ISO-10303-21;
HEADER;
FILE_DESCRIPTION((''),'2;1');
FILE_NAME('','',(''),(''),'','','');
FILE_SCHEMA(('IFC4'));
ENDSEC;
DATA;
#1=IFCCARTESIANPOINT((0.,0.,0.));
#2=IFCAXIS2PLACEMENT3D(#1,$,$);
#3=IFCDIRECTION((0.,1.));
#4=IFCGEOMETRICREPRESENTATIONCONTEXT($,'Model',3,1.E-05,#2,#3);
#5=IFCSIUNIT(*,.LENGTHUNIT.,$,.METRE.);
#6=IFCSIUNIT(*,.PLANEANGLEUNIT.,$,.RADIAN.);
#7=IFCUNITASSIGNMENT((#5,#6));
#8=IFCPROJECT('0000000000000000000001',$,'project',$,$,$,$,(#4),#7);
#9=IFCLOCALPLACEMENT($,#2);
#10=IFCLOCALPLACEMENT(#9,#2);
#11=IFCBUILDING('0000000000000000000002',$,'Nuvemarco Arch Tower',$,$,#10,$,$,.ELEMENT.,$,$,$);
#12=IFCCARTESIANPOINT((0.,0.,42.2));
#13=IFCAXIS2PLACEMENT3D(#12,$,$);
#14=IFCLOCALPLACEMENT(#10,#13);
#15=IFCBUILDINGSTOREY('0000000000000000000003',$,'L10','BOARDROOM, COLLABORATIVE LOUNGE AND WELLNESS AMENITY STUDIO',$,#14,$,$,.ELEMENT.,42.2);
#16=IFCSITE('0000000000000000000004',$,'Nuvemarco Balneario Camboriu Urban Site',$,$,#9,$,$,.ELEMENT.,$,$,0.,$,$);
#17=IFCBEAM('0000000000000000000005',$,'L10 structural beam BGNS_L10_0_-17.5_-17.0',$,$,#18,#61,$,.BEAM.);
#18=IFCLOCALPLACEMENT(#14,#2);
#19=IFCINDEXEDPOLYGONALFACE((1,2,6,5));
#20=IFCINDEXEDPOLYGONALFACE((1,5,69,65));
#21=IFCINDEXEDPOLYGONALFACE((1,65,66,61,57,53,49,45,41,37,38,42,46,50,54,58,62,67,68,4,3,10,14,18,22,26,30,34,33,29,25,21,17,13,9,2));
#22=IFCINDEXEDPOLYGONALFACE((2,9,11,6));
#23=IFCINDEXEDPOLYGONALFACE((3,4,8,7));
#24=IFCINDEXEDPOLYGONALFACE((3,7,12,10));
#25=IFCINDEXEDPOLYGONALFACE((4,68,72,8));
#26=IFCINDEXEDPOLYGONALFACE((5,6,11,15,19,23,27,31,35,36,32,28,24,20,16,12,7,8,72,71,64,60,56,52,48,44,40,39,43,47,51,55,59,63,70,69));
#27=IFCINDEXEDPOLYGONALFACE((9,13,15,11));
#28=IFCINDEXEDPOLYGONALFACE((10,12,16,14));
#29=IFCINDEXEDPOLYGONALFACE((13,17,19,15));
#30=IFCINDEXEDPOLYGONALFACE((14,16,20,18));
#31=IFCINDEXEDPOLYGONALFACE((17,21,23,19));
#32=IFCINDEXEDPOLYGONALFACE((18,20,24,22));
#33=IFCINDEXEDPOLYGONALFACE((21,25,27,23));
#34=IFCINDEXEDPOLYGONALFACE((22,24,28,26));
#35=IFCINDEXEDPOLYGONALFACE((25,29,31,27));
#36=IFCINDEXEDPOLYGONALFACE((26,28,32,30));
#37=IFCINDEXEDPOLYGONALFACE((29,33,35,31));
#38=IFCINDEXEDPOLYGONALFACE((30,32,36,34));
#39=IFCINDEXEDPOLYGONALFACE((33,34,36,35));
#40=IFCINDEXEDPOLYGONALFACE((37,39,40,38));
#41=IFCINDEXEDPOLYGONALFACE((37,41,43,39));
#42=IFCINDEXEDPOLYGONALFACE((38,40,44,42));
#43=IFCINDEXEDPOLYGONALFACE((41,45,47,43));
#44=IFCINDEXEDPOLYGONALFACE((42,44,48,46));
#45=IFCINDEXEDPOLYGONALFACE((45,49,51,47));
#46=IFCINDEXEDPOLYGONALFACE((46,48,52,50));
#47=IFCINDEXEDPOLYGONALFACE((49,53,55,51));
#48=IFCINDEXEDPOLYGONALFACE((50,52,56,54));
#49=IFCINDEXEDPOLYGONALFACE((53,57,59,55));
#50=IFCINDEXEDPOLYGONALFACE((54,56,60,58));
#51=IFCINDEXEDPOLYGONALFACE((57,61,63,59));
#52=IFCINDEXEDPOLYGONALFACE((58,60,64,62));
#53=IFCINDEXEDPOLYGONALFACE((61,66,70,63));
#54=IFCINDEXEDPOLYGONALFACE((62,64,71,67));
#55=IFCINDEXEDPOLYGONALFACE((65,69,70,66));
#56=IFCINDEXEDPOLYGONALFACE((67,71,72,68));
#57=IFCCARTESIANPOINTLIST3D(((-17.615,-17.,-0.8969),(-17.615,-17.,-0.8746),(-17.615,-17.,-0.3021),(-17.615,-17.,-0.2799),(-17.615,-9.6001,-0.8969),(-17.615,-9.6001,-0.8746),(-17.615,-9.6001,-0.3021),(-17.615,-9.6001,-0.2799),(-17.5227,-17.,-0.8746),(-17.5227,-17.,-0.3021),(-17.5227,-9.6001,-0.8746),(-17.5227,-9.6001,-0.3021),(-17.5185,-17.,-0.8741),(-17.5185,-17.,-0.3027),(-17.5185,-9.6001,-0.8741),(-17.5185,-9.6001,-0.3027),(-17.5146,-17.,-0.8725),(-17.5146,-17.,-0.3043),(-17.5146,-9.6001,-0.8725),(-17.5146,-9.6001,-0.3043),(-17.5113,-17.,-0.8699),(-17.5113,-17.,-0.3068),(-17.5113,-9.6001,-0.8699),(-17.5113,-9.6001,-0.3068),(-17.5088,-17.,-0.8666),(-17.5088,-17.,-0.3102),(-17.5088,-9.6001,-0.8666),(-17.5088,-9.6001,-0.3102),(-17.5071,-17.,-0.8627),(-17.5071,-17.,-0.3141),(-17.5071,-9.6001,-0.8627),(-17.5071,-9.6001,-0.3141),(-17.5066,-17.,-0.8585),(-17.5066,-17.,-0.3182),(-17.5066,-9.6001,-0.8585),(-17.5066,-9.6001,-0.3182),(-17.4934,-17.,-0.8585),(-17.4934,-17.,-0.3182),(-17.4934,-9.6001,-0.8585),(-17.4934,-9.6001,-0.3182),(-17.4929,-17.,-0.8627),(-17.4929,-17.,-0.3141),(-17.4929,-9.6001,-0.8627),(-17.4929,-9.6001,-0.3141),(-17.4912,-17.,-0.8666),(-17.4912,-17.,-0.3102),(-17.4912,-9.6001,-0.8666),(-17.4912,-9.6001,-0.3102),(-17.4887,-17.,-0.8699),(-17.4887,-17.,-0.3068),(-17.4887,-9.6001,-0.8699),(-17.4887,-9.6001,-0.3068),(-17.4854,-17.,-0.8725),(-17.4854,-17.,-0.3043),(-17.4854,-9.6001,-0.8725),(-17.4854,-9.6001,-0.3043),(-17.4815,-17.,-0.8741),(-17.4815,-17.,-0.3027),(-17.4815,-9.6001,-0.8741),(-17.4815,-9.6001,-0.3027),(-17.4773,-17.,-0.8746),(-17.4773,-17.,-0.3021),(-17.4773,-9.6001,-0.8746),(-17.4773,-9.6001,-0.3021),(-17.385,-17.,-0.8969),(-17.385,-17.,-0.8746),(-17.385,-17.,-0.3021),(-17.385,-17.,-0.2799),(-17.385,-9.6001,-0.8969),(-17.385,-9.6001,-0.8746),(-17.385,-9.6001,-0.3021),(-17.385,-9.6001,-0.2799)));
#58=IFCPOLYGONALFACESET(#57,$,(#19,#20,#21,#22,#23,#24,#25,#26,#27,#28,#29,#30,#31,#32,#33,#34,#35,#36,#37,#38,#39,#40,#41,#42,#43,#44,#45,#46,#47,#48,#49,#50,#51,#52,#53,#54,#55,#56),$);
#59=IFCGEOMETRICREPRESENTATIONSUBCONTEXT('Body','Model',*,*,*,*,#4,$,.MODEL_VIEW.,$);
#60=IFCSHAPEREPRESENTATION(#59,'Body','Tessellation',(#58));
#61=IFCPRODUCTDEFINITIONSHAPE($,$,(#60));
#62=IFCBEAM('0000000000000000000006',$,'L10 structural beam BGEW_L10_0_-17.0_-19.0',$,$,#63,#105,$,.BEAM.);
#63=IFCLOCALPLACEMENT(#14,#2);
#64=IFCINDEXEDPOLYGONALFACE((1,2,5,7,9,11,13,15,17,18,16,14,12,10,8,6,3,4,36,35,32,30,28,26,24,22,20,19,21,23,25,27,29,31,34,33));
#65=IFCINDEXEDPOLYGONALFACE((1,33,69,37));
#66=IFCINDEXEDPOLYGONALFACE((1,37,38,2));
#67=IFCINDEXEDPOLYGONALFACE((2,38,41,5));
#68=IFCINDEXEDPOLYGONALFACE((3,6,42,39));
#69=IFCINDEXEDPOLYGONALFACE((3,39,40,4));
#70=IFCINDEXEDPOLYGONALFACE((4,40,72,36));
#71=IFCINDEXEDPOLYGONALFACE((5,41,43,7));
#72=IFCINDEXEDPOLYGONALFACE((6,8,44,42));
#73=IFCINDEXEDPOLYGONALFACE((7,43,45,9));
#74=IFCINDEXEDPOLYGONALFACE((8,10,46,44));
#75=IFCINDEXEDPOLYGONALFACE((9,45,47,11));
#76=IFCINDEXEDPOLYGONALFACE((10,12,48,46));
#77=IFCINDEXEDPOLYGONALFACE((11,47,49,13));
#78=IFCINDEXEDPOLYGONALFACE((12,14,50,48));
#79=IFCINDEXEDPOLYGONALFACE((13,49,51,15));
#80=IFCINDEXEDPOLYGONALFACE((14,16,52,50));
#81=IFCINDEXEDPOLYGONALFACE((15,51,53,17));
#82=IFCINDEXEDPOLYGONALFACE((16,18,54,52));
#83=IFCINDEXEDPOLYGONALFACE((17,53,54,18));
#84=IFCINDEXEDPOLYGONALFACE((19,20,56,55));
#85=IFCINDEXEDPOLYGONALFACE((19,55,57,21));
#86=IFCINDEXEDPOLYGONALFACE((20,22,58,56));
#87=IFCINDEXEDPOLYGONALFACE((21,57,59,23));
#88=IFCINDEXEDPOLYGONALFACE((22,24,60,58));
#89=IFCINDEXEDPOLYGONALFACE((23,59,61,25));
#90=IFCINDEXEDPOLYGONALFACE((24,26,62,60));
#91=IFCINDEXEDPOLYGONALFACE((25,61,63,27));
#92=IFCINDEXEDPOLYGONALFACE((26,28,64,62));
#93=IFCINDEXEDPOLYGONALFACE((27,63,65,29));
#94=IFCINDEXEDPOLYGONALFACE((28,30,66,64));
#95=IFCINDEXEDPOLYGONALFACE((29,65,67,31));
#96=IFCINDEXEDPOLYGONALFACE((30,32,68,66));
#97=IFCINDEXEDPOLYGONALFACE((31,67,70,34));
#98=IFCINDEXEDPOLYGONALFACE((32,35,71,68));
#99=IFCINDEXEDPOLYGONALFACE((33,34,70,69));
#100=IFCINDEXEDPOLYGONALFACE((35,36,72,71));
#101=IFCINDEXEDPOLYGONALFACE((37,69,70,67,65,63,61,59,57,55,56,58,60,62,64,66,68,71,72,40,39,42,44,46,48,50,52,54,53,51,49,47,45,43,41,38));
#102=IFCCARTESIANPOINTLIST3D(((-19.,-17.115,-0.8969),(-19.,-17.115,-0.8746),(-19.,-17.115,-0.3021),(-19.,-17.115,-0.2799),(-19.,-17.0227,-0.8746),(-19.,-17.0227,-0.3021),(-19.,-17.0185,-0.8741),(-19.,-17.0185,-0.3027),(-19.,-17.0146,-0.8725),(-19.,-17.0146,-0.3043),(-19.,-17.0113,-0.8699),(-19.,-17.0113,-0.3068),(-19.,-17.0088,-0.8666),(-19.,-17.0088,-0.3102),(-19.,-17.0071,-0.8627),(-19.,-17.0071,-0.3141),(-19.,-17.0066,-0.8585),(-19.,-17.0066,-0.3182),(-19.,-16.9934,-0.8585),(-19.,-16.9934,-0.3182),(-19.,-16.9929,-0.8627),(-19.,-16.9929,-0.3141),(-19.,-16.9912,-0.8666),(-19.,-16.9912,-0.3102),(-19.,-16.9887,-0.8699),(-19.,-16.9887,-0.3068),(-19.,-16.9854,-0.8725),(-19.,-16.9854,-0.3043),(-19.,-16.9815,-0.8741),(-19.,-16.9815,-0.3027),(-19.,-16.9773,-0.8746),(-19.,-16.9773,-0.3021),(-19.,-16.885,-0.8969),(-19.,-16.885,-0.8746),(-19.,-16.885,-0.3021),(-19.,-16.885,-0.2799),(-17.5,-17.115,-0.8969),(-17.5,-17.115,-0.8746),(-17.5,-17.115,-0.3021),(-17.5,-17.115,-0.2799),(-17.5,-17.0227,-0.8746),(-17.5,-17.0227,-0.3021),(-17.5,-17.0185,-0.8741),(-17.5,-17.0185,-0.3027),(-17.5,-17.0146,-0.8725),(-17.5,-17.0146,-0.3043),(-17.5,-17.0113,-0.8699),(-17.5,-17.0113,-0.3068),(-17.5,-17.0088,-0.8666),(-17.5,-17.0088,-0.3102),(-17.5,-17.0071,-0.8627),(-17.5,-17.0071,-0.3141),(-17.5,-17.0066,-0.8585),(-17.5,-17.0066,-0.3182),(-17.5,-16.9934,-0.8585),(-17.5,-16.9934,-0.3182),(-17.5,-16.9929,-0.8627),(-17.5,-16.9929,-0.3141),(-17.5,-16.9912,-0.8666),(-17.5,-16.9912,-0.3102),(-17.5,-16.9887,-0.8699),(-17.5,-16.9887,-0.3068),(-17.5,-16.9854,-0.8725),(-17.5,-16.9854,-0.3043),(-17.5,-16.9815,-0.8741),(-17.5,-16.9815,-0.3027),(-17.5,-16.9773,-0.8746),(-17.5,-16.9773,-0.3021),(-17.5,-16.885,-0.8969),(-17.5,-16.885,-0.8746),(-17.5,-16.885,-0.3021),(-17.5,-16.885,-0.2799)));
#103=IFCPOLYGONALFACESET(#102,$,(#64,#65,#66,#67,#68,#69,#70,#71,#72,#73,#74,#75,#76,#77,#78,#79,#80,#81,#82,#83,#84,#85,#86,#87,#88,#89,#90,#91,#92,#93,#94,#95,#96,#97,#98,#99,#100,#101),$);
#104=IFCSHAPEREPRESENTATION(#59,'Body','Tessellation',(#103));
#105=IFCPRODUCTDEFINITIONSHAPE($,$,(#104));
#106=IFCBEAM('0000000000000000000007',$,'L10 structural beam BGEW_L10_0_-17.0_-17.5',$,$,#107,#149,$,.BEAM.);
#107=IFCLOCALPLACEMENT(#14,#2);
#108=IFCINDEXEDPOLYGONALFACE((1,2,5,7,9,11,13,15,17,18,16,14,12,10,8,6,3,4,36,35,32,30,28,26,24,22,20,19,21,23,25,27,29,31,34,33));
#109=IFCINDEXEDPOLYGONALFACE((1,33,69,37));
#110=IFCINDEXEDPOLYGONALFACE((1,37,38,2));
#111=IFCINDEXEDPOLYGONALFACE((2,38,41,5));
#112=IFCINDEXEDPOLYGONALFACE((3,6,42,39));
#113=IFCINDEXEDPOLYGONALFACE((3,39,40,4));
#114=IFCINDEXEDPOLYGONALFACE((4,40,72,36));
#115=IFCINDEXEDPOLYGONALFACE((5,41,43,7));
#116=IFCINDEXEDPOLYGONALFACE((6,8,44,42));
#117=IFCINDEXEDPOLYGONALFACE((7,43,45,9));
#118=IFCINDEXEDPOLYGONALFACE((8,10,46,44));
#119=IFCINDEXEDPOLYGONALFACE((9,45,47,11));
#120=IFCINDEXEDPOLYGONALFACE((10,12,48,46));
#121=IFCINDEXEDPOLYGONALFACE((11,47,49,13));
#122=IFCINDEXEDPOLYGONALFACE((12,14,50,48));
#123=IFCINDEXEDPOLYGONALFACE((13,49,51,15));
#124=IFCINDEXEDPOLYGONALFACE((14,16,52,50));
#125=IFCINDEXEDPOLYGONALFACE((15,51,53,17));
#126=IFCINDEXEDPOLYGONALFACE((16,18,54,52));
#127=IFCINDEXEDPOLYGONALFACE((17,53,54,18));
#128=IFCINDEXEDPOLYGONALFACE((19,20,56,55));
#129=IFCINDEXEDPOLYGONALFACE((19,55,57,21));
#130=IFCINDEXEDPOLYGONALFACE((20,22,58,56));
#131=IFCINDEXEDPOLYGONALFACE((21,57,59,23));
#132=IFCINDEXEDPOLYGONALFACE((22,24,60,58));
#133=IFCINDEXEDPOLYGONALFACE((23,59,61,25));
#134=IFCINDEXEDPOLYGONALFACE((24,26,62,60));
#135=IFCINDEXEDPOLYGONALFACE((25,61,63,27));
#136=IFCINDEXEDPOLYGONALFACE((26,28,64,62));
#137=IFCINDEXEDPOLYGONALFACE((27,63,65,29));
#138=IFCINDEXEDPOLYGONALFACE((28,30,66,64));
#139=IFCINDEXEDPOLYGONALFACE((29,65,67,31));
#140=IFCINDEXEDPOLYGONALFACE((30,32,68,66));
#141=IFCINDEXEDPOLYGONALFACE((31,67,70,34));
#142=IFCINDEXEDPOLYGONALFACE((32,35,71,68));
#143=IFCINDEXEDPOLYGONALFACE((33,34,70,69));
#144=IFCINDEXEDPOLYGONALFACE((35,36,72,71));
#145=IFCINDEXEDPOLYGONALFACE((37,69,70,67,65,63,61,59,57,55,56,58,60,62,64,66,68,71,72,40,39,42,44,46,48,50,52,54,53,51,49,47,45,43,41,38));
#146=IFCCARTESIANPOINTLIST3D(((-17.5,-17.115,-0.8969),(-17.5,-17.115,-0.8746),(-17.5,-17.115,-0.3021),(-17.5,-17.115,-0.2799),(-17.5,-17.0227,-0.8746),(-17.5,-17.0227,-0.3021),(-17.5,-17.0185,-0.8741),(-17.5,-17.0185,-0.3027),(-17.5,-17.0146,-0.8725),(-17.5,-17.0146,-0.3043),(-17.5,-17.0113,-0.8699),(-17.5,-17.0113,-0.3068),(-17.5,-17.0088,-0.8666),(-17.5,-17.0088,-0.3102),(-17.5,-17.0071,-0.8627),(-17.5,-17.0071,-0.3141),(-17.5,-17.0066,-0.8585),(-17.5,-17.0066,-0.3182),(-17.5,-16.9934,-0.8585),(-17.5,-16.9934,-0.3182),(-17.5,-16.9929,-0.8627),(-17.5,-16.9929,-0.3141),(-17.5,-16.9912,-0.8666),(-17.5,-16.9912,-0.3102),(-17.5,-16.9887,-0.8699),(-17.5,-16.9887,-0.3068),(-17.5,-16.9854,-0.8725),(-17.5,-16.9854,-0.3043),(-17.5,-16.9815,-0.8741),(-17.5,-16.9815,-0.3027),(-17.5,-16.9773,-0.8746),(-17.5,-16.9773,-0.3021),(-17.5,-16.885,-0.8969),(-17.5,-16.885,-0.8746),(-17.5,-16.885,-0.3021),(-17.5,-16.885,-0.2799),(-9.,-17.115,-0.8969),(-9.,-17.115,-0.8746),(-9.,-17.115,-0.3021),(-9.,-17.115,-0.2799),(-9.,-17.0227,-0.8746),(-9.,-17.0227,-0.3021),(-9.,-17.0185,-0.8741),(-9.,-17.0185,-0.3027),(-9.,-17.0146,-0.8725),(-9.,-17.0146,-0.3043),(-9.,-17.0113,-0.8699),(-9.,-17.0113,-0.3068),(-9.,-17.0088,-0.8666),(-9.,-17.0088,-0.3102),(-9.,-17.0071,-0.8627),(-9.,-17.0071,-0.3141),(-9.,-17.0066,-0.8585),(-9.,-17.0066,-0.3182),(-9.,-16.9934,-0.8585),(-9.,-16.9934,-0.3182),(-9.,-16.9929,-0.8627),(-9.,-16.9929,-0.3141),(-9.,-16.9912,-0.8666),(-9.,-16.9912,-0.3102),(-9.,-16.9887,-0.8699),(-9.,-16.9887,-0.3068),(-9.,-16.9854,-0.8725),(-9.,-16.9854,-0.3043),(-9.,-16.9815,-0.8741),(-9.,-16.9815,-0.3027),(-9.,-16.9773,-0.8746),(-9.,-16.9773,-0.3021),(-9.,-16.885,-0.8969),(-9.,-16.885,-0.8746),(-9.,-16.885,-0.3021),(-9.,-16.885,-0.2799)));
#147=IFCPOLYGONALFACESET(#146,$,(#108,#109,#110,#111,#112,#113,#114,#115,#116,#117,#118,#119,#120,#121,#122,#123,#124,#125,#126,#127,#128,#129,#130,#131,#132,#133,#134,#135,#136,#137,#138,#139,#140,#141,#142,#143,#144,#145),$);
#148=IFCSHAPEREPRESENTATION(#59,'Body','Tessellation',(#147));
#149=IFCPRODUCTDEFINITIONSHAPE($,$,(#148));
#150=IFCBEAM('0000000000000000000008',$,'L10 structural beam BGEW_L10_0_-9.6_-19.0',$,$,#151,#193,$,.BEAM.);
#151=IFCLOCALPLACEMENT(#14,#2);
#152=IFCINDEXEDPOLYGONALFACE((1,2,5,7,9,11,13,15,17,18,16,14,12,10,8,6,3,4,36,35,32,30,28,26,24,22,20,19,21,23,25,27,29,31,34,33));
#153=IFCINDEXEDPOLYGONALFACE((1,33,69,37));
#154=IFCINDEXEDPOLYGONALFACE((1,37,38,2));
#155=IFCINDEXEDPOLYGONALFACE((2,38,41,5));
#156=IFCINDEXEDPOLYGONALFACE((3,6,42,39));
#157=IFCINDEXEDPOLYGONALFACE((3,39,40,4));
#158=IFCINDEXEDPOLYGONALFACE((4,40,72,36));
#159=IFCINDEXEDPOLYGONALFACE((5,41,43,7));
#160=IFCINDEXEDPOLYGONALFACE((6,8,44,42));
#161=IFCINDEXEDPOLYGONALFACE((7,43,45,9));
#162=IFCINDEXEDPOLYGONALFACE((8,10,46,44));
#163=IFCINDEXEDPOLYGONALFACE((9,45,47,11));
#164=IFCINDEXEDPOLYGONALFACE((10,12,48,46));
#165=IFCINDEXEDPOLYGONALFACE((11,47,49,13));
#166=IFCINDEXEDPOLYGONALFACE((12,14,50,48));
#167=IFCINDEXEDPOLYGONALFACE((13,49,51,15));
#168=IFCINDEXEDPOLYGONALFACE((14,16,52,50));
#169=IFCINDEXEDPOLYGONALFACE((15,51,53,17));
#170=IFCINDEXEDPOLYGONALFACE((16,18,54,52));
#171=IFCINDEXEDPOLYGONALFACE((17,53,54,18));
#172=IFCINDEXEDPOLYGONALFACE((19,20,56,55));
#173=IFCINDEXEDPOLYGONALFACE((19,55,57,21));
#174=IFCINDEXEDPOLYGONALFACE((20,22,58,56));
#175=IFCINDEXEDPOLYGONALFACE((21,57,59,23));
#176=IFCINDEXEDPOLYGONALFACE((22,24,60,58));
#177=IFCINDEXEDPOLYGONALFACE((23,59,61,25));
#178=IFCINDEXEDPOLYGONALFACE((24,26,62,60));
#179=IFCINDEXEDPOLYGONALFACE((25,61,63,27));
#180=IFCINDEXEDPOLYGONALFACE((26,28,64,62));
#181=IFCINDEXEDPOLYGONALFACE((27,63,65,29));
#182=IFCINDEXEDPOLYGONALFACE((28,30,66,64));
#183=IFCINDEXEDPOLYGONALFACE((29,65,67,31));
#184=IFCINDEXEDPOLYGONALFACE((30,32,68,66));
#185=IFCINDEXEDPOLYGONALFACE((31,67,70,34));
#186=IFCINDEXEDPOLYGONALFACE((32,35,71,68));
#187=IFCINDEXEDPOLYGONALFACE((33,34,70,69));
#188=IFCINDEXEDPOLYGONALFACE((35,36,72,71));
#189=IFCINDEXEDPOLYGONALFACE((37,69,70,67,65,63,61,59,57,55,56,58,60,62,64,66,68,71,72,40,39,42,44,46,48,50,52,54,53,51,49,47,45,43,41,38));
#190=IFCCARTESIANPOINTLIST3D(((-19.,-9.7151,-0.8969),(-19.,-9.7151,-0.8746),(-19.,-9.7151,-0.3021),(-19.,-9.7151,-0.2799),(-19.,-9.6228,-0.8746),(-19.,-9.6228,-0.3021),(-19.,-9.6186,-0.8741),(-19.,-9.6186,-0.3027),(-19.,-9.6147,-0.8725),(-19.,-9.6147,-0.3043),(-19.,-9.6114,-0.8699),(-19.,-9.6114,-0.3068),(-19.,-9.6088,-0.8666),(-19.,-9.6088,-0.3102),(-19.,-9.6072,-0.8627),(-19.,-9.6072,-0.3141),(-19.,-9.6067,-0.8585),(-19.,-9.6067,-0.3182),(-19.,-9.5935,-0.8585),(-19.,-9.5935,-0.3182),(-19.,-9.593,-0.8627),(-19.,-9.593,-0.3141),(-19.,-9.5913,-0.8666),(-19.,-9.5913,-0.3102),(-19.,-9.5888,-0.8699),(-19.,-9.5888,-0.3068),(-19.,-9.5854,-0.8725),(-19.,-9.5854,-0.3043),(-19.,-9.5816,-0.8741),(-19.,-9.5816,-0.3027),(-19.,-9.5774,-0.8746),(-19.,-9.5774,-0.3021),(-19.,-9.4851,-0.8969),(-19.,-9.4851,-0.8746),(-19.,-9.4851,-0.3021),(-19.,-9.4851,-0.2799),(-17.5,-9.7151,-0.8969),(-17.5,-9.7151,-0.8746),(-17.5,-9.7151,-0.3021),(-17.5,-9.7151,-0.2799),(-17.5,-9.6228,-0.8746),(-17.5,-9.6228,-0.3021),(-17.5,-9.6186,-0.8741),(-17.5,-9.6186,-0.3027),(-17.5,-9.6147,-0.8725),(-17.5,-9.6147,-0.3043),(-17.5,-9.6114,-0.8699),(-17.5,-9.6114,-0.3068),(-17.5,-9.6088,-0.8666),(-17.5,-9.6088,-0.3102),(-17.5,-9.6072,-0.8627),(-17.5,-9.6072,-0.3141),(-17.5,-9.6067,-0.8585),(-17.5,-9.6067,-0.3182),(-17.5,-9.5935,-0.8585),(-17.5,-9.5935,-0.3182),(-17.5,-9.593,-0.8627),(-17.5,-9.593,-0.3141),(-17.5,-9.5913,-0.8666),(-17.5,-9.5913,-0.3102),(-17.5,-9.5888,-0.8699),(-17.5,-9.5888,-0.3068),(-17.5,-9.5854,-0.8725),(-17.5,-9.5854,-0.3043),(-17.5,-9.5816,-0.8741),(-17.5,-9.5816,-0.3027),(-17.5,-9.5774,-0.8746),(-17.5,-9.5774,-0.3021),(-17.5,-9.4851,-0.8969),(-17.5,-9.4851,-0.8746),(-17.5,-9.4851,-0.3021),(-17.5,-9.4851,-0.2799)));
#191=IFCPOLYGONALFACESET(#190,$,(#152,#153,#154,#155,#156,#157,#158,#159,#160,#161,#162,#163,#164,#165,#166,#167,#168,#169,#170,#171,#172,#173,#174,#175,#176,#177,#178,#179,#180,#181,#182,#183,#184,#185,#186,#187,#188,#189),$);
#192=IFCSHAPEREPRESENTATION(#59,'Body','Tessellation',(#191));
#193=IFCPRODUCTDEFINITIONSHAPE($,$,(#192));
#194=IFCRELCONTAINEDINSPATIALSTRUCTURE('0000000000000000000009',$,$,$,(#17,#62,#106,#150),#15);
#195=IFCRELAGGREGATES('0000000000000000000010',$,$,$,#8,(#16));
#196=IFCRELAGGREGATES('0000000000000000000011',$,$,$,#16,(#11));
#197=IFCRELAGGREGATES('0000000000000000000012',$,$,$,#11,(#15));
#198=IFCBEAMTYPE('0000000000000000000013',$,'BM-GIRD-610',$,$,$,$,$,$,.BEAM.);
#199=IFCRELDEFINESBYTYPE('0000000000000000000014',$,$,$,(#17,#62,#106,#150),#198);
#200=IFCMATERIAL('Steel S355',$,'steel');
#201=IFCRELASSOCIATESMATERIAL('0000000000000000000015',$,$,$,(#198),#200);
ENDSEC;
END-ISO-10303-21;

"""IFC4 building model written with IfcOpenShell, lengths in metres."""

from ifc_helpers import new_model, si_unit, direction, frame, origin, origin_2d, place, context, subcontext, project, spatial, i_section, extrude, material, material_profile, profile_set, type_object, element, save


model = new_model("IFC4")

# Units and contexts
model_context = context("Model", 3, precision=1e-05, world=origin(), true_north=direction((0.0, 1.0)))
body_context = subcontext(model_context, "Body", "Model", "MODEL_VIEW")
ifc_project = project(units=[si_unit("LENGTHUNIT", "METRE"), si_unit("PLANEANGLEUNIT", "RADIAN")], contexts=[model_context])

# Site, building, storey
site_placement = place(None, origin())
site = spatial("IfcSite", under=ifc_project, at=site_placement, Name="Nuvemarco Balneario Camboriu Urban Site", CompositionType="ELEMENT", RefElevation=0.0)
building_placement = place(site_placement, origin())
building = spatial("IfcBuilding", under=site, at=building_placement, Name="Nuvemarco Arch Tower", CompositionType="ELEMENT")
storey_placement = place(building_placement, frame((0.0, 0.0, 42.2)))
storey = spatial("IfcBuildingStorey", under=building, at=storey_placement, Name="L10", Description="BOARDROOM, COLLABORATIVE LOUNGE AND WELLNESS AMENITY STUDIO", CompositionType="ELEMENT", Elevation=42.2)

# Shared definitions
ifc_material_1 = material(Name="Steel S355", Category="steel")

# Beams
ifc_material_profile_1 = material_profile(ifc_material_1, i_section(OverallWidth=0.23, OverallDepth=0.6169, WebThickness=0.0132, FlangeThickness=0.0222, FilletRadius=0.0161, at=origin_2d()), Name="W610x140")
ifc_profile_set_1 = profile_set([ifc_material_profile_1], Name="Steel S355")
beam_type_1 = type_object("IfcBeamType", Name="BM-GIRD-610", PredefinedType="BEAM", material=ifc_profile_set_1)
beam_1_placement = place(storey_placement, frame((-17.5, -17.0, -0.5884), z_axis=(0.0, 1.0, 0.0), x_axis=(-1.0, 0.0, 0.0)))
element("IfcBeam", 1, at=beam_1_placement, inside=storey, type_object=beam_type_1, Name="L10 structural beam BGNS_L10_0_-17.5_-17.0", PredefinedType="BEAM", context=body_context, shape_type="SweptSolid", body=[
    extrude(i_section(OverallWidth=0.23, OverallDepth=0.6169, WebThickness=0.0132, FlangeThickness=0.0222, FilletRadius=0.0161, at=origin_2d()), origin(), (0.0, 0.0, 1.0), 7.3999),
])
beam_2_placement = place(storey_placement, frame((-19.0, -17.0, -0.5884), z_axis=(1.0, 0.0, 0.0), x_axis=(0.0, 1.0, 0.0)))
element("IfcBeam", 2, at=beam_2_placement, inside=storey, type_object=beam_type_1, Name="L10 structural beam BGEW_L10_0_-17.0_-19.0", PredefinedType="BEAM", context=body_context, shape_type="SweptSolid", body=[
    extrude(i_section(OverallWidth=0.23, OverallDepth=0.6169, WebThickness=0.0132, FlangeThickness=0.0222, FilletRadius=0.0161, at=origin_2d()), origin(), (0.0, 0.0, 1.0), 1.5),
])
beam_3_placement = place(storey_placement, frame((-17.5, -17.0, -0.5884), z_axis=(1.0, 0.0, 0.0), x_axis=(0.0, 1.0, 0.0)))
element("IfcBeam", 3, at=beam_3_placement, inside=storey, type_object=beam_type_1, Name="L10 structural beam BGEW_L10_0_-17.0_-17.5", PredefinedType="BEAM", context=body_context, shape_type="SweptSolid", body=[
    extrude(i_section(OverallWidth=0.23, OverallDepth=0.6169, WebThickness=0.0132, FlangeThickness=0.0222, FilletRadius=0.0161, at=origin_2d()), origin(), (0.0, 0.0, 1.0), 8.5),
])
beam_4_placement = place(storey_placement, frame((-19.0, -9.6001, -0.5884), z_axis=(1.0, 0.0, 0.0), x_axis=(0.0, 1.0, 0.0)))
element("IfcBeam", 4, at=beam_4_placement, inside=storey, type_object=beam_type_1, Name="L10 structural beam BGEW_L10_0_-9.6_-19.0", PredefinedType="BEAM", context=body_context, shape_type="SweptSolid", body=[
    extrude(i_section(OverallWidth=0.23, OverallDepth=0.6169, WebThickness=0.0132, FlangeThickness=0.0222, FilletRadius=0.0161, at=origin_2d()), origin(), (0.0, 0.0, 1.0), 1.5),
])

save(model, "model.ifc")
